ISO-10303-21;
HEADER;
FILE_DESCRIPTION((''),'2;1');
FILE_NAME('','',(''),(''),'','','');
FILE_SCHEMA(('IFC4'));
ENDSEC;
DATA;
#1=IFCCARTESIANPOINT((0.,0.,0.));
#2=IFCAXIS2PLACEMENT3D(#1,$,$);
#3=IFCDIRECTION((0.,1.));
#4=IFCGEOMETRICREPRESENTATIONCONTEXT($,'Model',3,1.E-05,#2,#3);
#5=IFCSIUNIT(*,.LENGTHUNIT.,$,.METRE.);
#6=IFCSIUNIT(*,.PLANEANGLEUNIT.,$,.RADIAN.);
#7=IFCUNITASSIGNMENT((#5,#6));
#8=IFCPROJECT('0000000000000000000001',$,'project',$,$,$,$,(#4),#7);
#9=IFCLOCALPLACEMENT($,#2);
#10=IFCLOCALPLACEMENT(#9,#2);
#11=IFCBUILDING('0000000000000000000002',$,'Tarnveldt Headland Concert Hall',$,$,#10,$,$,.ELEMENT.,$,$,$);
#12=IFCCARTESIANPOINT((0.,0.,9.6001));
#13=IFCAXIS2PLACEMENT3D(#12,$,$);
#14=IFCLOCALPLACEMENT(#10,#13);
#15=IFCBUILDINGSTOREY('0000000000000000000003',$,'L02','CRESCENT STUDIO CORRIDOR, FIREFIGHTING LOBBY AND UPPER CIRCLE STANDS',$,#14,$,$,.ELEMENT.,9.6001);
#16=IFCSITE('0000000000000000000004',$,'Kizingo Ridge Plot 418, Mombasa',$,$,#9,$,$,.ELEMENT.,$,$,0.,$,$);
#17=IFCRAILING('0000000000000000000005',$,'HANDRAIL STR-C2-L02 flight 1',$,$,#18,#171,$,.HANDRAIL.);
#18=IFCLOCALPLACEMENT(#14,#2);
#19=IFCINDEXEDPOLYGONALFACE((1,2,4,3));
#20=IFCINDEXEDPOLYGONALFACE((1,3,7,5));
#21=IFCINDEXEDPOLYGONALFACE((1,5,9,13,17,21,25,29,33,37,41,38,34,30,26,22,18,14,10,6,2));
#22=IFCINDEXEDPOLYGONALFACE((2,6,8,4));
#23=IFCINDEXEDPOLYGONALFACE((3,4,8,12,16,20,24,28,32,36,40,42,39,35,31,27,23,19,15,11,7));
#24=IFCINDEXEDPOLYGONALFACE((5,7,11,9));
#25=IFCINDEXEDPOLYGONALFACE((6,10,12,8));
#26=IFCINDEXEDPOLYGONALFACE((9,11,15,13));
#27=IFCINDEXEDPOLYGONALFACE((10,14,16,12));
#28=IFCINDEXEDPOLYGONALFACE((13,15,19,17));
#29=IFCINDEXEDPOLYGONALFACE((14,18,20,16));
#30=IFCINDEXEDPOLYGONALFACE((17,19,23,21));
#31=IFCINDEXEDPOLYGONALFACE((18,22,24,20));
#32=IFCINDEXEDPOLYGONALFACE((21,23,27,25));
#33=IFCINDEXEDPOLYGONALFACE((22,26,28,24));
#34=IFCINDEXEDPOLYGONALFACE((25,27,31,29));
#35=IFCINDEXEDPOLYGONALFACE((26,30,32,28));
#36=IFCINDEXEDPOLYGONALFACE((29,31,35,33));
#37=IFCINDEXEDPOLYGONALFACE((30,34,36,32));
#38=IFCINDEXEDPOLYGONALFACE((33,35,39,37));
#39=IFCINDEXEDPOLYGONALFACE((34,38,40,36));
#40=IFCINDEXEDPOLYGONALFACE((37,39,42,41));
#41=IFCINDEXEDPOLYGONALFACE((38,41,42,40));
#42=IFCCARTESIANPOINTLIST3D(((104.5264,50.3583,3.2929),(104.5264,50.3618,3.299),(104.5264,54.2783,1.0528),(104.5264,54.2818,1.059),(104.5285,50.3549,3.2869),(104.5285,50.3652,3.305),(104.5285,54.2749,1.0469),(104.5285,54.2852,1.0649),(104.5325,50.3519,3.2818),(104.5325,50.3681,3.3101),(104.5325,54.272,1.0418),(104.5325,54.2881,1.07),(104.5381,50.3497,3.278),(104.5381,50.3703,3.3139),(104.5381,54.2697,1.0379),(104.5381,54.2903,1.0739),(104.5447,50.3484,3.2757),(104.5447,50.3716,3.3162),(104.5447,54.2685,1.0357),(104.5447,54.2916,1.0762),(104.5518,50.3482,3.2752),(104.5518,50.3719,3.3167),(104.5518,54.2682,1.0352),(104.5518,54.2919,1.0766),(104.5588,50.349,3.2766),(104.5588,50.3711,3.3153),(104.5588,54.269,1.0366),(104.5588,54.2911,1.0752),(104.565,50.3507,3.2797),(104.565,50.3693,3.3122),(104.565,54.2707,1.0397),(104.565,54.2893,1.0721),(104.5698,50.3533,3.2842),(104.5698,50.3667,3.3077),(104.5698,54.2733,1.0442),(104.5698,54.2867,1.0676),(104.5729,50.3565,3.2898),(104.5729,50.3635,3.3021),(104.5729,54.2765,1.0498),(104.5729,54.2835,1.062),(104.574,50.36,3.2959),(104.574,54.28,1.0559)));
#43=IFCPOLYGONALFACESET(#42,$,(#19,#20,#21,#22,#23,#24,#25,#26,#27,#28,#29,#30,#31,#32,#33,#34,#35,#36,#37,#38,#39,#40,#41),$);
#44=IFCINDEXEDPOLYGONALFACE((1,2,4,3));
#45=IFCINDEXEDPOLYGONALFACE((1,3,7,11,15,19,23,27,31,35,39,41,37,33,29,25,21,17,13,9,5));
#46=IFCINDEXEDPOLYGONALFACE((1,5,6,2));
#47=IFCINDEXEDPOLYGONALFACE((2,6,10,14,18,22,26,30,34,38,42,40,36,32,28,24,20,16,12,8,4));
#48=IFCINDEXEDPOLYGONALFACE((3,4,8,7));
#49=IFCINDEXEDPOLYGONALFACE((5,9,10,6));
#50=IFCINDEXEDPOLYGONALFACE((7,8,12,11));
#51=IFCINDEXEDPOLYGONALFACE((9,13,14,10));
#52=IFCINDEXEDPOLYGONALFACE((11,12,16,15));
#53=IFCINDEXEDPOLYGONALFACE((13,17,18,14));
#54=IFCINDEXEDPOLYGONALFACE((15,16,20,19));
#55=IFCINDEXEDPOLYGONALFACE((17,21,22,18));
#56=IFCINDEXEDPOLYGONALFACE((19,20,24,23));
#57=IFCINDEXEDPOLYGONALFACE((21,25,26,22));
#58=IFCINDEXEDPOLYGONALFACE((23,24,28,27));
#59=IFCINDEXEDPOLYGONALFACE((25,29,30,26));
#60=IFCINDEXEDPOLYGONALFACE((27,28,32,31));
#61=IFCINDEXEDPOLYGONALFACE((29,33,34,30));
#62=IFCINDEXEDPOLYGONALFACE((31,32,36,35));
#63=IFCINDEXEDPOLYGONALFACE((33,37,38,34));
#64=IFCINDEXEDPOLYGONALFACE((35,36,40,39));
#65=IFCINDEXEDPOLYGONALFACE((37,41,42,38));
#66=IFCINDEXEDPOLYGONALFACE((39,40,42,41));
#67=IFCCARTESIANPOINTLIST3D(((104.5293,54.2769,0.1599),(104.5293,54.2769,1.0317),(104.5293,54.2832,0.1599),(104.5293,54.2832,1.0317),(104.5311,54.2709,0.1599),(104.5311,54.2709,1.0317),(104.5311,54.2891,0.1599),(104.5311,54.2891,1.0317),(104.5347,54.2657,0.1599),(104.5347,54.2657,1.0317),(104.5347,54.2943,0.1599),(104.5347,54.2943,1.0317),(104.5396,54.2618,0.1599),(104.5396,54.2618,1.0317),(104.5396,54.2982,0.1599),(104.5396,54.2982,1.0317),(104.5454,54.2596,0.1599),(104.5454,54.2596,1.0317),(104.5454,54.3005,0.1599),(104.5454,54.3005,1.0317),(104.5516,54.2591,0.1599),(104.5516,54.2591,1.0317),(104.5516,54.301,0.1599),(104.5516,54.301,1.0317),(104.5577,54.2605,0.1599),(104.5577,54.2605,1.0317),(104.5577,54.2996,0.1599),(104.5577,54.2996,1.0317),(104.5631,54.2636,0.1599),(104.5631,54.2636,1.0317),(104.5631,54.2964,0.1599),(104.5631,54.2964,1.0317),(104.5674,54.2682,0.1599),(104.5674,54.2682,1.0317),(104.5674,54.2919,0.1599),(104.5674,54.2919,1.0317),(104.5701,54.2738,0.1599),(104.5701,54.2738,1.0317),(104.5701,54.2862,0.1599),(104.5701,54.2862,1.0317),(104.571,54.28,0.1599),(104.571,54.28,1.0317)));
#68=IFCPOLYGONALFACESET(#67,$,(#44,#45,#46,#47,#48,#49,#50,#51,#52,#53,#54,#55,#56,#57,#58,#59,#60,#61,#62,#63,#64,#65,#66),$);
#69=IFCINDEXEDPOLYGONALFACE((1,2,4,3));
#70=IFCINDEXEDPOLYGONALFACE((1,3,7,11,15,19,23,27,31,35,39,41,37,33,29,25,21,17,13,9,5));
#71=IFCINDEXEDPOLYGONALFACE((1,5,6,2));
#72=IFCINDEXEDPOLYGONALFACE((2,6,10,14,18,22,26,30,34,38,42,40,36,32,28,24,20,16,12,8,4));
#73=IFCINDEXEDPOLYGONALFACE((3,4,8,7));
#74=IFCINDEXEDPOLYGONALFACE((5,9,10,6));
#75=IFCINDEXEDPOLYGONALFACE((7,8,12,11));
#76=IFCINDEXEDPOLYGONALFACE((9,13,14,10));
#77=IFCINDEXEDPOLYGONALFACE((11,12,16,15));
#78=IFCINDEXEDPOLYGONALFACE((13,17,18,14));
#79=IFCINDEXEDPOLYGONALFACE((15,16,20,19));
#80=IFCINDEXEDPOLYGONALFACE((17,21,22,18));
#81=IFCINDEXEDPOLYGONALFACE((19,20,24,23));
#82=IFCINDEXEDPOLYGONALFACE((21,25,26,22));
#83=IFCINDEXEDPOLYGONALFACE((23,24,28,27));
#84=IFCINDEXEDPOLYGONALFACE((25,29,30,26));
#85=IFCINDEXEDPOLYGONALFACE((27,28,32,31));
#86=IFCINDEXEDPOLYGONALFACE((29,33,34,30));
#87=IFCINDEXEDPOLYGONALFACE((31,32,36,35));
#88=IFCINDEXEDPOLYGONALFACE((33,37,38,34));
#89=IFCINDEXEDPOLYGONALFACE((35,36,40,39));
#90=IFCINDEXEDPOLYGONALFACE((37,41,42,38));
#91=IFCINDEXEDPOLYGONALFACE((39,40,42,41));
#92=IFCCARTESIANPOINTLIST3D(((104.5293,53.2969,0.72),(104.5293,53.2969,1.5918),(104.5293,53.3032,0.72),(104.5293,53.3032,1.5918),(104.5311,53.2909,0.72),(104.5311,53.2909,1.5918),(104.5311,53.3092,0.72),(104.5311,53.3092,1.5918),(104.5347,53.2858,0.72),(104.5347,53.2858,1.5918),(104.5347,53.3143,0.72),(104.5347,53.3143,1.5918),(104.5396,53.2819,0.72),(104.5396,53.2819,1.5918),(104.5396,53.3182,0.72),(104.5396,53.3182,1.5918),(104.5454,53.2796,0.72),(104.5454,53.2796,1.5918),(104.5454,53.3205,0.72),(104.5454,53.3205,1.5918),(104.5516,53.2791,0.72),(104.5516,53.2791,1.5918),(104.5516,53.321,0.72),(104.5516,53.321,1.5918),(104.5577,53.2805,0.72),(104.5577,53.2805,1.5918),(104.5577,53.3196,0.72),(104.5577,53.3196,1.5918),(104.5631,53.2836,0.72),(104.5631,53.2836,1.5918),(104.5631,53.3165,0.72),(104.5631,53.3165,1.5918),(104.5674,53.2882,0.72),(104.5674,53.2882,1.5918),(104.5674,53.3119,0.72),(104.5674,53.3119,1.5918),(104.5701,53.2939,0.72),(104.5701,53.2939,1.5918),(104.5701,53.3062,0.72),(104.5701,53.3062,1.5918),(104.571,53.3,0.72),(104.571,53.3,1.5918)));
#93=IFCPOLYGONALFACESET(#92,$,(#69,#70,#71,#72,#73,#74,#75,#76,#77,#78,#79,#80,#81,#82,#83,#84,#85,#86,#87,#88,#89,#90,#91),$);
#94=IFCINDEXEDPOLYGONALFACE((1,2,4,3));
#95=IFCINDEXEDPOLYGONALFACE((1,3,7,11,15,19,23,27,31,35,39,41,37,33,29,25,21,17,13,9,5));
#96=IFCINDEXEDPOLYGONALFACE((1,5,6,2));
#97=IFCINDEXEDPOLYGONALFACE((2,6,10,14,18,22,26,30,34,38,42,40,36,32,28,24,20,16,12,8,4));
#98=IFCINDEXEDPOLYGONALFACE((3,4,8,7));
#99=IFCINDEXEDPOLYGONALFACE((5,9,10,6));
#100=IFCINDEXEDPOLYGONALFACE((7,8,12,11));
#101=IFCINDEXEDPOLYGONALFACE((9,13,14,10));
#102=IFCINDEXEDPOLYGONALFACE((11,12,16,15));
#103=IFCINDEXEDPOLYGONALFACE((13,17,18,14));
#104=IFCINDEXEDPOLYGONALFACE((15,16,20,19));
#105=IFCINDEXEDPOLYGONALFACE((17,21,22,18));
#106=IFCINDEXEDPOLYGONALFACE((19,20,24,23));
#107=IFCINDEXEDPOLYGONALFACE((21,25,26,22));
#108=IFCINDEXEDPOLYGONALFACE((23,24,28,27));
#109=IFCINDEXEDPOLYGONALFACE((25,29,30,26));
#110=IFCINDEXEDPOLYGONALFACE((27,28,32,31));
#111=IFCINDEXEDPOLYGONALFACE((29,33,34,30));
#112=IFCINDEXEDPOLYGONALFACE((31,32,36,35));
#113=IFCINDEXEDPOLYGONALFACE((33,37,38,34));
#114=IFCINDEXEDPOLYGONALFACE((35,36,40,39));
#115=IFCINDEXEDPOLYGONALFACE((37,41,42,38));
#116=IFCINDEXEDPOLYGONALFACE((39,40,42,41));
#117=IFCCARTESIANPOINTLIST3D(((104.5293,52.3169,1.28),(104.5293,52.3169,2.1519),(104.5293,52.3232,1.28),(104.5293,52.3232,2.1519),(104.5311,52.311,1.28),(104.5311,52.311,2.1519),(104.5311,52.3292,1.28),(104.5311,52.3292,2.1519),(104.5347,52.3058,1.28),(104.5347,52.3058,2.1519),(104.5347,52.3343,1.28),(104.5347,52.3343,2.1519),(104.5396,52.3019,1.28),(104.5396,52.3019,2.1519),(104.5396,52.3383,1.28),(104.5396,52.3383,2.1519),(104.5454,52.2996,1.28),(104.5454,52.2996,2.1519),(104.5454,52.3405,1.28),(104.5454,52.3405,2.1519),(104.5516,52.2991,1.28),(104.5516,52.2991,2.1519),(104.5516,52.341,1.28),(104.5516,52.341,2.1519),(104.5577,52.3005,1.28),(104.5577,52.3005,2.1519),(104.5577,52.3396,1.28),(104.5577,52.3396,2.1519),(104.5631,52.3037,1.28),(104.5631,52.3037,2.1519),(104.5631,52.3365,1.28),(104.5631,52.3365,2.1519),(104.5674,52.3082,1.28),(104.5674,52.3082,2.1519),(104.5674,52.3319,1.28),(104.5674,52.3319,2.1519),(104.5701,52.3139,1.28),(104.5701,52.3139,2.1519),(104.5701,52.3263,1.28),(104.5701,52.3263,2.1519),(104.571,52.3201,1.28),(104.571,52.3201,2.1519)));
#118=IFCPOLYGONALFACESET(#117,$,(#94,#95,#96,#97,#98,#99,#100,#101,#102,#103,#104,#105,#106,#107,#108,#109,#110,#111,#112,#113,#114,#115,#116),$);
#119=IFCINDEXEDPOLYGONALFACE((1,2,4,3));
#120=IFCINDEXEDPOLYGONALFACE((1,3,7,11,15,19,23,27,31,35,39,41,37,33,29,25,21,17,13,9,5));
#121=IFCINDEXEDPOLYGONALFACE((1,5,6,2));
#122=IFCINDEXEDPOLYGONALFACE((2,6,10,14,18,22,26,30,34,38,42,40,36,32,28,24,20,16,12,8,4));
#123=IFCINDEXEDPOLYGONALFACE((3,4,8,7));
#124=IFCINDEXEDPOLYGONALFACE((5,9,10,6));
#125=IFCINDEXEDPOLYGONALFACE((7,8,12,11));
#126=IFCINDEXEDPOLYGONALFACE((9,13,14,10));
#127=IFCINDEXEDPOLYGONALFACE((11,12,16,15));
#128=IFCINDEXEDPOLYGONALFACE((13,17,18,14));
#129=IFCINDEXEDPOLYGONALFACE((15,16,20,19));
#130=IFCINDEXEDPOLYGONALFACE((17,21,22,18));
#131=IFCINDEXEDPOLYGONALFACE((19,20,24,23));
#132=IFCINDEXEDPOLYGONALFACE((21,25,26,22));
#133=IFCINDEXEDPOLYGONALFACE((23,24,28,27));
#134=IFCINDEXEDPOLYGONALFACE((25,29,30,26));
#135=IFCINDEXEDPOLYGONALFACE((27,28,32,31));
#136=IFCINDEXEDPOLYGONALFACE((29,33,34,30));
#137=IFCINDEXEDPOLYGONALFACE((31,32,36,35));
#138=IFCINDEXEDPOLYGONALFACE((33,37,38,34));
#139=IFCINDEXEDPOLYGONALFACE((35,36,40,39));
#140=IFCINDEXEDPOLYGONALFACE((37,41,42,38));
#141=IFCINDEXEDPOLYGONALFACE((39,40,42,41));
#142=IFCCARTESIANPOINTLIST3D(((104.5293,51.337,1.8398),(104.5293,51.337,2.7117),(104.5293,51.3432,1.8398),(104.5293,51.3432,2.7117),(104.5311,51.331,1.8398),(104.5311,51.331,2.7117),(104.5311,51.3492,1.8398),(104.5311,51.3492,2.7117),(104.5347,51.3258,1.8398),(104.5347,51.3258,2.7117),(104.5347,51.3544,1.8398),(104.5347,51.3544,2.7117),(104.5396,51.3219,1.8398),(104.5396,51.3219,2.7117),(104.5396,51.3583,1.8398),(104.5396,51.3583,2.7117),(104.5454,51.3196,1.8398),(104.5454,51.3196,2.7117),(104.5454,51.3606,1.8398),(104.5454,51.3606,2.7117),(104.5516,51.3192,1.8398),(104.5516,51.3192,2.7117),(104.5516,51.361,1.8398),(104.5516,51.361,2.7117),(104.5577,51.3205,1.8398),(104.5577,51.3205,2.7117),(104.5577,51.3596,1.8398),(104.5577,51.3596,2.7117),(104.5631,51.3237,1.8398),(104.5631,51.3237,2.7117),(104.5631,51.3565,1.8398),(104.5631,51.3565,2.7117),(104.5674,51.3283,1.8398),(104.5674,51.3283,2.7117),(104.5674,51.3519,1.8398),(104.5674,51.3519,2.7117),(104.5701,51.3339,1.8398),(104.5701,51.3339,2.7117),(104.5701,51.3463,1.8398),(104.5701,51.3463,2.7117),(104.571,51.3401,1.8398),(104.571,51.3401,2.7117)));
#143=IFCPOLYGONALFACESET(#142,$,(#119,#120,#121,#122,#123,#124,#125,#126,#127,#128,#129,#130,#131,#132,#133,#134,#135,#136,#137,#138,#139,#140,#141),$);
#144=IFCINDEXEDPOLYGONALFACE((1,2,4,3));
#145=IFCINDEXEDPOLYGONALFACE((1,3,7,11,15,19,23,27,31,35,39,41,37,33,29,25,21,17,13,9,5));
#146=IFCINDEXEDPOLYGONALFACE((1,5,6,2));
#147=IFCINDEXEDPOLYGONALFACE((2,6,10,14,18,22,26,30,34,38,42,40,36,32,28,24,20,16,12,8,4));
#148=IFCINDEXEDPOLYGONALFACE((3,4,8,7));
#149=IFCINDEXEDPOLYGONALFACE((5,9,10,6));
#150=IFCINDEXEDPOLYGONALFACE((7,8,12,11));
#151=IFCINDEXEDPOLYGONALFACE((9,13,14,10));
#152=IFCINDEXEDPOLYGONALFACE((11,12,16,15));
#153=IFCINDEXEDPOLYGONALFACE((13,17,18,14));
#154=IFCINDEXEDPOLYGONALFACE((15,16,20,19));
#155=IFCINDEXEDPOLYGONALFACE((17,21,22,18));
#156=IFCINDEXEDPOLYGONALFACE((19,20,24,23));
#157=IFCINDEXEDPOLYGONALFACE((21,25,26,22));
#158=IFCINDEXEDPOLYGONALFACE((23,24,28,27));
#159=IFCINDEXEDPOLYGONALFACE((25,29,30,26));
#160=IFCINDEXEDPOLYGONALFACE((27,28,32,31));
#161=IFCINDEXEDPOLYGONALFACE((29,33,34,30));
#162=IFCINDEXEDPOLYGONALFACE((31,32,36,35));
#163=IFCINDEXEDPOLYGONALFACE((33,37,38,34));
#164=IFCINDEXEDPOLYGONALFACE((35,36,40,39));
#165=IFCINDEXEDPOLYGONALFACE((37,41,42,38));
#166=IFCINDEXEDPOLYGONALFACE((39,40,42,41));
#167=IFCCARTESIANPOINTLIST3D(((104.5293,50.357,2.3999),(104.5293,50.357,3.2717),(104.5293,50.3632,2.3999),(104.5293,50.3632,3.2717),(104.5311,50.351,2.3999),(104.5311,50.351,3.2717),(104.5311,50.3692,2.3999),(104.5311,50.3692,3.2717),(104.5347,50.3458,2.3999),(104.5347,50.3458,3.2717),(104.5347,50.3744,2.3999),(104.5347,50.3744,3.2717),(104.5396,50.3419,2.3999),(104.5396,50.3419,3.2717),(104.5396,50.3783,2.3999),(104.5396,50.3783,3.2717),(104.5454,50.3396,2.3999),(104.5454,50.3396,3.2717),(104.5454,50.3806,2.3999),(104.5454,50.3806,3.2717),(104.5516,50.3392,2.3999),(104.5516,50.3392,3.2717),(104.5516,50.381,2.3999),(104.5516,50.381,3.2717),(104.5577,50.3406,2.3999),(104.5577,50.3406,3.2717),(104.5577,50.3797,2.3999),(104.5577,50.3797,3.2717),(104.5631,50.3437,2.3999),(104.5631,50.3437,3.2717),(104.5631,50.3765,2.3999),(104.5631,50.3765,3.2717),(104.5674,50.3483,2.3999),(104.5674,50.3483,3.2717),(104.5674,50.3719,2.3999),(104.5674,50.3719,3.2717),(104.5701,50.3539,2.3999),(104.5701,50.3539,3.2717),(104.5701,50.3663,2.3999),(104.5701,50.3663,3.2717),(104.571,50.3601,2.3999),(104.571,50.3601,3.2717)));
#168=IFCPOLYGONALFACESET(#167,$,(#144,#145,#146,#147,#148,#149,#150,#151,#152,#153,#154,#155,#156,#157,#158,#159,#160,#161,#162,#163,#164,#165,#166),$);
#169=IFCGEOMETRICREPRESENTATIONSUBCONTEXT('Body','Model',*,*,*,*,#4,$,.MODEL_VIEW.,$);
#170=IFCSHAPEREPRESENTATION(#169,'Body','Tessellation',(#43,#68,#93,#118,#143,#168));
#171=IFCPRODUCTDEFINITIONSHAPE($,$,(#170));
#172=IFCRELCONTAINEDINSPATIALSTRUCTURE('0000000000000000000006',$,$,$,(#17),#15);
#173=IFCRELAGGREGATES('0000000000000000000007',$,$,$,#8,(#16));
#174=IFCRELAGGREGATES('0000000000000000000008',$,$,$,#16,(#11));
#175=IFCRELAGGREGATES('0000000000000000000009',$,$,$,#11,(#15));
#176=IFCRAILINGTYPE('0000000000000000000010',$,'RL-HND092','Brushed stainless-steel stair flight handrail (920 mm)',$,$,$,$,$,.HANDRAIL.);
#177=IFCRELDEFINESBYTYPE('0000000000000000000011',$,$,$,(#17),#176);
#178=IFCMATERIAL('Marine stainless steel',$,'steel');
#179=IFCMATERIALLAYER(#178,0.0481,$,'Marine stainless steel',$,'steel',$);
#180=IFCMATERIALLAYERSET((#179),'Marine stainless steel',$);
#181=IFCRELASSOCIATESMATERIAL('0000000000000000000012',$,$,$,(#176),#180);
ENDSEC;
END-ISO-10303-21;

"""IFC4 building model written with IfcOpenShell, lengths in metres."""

from ifc_helpers import new_model, si_unit, direction, frame, origin, origin_2d, place, context, subcontext, project, spatial, circle, extrude, material, layer, layer_set, type_object, element, save


model = new_model("IFC4")

# Units and contexts
model_context = context("Model", 3, precision=1e-05, world=origin(), true_north=direction((0.0, 1.0)))
body_context = subcontext(model_context, "Body", "Model", "MODEL_VIEW")
ifc_project = project(units=[si_unit("LENGTHUNIT", "METRE"), si_unit("PLANEANGLEUNIT", "RADIAN")], contexts=[model_context])

# Site, building, storey
site_placement = place(None, origin())
site = spatial("IfcSite", under=ifc_project, at=site_placement, Name="Kizingo Ridge Plot 418, Mombasa", CompositionType="ELEMENT", RefElevation=0.0)
building_placement = place(site_placement, origin())
building = spatial("IfcBuilding", under=site, at=building_placement, Name="Tarnveldt Headland Concert Hall", CompositionType="ELEMENT")
storey_placement = place(building_placement, frame((0.0, 0.0, 9.6001)))
storey = spatial("IfcBuildingStorey", under=building, at=storey_placement, Name="L02", Description="CRESCENT STUDIO CORRIDOR, FIREFIGHTING LOBBY AND UPPER CIRCLE STANDS", CompositionType="ELEMENT", Elevation=9.6001)

# Railing
ifc_material_1 = material(Name="Marine stainless steel", Category="steel")
ifc_layer_1 = layer(ifc_material_1, 0.0481, Name="Marine stainless steel", Category="steel")
ifc_layer_set_1 = layer_set([ifc_layer_1], Name="Marine stainless steel")
railing_type_1 = type_object("IfcRailingType", Name="RL-HND092", Description="Brushed stainless-steel stair flight handrail (920 mm)", PredefinedType="HANDRAIL", material=ifc_layer_set_1)
railing_1_placement = place(storey_placement, frame((104.55, 54.28, 0.1599)))
element("IfcRailing", 1, at=railing_1_placement, inside=storey, type_object=railing_type_1, Name="HANDRAIL STR-C2-L02 flight 1", PredefinedType="HANDRAIL", context=body_context, shape_type="SweptSolid", body=[
    extrude(circle(Radius=0.0239, at=origin_2d()), frame((0.0, 0.0, 0.896), z_axis=(0.0, -0.86824, 0.496145), x_axis=(1.0, 0.0, 0.0)), (0.0, 0.0, 1.0), 4.5149),
    extrude(circle(Radius=0.021, at=origin_2d()), origin(), (0.0, 0.0, 1.0), 0.8718),
    extrude(circle(Radius=0.021, at=origin_2d()), frame((0.0, -0.98, 0.5601)), (0.0, 0.0, 1.0), 0.8718),
    extrude(circle(Radius=0.021, at=origin_2d()), frame((0.0, -1.96, 1.1201)), (0.0, 0.0, 1.0), 0.8718),
    extrude(circle(Radius=0.021, at=origin_2d()), frame((0.0, -2.9399, 1.6799)), (0.0, 0.0, 1.0), 0.8718),
    extrude(circle(Radius=0.021, at=origin_2d()), frame((0.0, -3.9199, 2.24)), (0.0, 0.0, 1.0), 0.8718),
])

save(model, "model.ifc")
